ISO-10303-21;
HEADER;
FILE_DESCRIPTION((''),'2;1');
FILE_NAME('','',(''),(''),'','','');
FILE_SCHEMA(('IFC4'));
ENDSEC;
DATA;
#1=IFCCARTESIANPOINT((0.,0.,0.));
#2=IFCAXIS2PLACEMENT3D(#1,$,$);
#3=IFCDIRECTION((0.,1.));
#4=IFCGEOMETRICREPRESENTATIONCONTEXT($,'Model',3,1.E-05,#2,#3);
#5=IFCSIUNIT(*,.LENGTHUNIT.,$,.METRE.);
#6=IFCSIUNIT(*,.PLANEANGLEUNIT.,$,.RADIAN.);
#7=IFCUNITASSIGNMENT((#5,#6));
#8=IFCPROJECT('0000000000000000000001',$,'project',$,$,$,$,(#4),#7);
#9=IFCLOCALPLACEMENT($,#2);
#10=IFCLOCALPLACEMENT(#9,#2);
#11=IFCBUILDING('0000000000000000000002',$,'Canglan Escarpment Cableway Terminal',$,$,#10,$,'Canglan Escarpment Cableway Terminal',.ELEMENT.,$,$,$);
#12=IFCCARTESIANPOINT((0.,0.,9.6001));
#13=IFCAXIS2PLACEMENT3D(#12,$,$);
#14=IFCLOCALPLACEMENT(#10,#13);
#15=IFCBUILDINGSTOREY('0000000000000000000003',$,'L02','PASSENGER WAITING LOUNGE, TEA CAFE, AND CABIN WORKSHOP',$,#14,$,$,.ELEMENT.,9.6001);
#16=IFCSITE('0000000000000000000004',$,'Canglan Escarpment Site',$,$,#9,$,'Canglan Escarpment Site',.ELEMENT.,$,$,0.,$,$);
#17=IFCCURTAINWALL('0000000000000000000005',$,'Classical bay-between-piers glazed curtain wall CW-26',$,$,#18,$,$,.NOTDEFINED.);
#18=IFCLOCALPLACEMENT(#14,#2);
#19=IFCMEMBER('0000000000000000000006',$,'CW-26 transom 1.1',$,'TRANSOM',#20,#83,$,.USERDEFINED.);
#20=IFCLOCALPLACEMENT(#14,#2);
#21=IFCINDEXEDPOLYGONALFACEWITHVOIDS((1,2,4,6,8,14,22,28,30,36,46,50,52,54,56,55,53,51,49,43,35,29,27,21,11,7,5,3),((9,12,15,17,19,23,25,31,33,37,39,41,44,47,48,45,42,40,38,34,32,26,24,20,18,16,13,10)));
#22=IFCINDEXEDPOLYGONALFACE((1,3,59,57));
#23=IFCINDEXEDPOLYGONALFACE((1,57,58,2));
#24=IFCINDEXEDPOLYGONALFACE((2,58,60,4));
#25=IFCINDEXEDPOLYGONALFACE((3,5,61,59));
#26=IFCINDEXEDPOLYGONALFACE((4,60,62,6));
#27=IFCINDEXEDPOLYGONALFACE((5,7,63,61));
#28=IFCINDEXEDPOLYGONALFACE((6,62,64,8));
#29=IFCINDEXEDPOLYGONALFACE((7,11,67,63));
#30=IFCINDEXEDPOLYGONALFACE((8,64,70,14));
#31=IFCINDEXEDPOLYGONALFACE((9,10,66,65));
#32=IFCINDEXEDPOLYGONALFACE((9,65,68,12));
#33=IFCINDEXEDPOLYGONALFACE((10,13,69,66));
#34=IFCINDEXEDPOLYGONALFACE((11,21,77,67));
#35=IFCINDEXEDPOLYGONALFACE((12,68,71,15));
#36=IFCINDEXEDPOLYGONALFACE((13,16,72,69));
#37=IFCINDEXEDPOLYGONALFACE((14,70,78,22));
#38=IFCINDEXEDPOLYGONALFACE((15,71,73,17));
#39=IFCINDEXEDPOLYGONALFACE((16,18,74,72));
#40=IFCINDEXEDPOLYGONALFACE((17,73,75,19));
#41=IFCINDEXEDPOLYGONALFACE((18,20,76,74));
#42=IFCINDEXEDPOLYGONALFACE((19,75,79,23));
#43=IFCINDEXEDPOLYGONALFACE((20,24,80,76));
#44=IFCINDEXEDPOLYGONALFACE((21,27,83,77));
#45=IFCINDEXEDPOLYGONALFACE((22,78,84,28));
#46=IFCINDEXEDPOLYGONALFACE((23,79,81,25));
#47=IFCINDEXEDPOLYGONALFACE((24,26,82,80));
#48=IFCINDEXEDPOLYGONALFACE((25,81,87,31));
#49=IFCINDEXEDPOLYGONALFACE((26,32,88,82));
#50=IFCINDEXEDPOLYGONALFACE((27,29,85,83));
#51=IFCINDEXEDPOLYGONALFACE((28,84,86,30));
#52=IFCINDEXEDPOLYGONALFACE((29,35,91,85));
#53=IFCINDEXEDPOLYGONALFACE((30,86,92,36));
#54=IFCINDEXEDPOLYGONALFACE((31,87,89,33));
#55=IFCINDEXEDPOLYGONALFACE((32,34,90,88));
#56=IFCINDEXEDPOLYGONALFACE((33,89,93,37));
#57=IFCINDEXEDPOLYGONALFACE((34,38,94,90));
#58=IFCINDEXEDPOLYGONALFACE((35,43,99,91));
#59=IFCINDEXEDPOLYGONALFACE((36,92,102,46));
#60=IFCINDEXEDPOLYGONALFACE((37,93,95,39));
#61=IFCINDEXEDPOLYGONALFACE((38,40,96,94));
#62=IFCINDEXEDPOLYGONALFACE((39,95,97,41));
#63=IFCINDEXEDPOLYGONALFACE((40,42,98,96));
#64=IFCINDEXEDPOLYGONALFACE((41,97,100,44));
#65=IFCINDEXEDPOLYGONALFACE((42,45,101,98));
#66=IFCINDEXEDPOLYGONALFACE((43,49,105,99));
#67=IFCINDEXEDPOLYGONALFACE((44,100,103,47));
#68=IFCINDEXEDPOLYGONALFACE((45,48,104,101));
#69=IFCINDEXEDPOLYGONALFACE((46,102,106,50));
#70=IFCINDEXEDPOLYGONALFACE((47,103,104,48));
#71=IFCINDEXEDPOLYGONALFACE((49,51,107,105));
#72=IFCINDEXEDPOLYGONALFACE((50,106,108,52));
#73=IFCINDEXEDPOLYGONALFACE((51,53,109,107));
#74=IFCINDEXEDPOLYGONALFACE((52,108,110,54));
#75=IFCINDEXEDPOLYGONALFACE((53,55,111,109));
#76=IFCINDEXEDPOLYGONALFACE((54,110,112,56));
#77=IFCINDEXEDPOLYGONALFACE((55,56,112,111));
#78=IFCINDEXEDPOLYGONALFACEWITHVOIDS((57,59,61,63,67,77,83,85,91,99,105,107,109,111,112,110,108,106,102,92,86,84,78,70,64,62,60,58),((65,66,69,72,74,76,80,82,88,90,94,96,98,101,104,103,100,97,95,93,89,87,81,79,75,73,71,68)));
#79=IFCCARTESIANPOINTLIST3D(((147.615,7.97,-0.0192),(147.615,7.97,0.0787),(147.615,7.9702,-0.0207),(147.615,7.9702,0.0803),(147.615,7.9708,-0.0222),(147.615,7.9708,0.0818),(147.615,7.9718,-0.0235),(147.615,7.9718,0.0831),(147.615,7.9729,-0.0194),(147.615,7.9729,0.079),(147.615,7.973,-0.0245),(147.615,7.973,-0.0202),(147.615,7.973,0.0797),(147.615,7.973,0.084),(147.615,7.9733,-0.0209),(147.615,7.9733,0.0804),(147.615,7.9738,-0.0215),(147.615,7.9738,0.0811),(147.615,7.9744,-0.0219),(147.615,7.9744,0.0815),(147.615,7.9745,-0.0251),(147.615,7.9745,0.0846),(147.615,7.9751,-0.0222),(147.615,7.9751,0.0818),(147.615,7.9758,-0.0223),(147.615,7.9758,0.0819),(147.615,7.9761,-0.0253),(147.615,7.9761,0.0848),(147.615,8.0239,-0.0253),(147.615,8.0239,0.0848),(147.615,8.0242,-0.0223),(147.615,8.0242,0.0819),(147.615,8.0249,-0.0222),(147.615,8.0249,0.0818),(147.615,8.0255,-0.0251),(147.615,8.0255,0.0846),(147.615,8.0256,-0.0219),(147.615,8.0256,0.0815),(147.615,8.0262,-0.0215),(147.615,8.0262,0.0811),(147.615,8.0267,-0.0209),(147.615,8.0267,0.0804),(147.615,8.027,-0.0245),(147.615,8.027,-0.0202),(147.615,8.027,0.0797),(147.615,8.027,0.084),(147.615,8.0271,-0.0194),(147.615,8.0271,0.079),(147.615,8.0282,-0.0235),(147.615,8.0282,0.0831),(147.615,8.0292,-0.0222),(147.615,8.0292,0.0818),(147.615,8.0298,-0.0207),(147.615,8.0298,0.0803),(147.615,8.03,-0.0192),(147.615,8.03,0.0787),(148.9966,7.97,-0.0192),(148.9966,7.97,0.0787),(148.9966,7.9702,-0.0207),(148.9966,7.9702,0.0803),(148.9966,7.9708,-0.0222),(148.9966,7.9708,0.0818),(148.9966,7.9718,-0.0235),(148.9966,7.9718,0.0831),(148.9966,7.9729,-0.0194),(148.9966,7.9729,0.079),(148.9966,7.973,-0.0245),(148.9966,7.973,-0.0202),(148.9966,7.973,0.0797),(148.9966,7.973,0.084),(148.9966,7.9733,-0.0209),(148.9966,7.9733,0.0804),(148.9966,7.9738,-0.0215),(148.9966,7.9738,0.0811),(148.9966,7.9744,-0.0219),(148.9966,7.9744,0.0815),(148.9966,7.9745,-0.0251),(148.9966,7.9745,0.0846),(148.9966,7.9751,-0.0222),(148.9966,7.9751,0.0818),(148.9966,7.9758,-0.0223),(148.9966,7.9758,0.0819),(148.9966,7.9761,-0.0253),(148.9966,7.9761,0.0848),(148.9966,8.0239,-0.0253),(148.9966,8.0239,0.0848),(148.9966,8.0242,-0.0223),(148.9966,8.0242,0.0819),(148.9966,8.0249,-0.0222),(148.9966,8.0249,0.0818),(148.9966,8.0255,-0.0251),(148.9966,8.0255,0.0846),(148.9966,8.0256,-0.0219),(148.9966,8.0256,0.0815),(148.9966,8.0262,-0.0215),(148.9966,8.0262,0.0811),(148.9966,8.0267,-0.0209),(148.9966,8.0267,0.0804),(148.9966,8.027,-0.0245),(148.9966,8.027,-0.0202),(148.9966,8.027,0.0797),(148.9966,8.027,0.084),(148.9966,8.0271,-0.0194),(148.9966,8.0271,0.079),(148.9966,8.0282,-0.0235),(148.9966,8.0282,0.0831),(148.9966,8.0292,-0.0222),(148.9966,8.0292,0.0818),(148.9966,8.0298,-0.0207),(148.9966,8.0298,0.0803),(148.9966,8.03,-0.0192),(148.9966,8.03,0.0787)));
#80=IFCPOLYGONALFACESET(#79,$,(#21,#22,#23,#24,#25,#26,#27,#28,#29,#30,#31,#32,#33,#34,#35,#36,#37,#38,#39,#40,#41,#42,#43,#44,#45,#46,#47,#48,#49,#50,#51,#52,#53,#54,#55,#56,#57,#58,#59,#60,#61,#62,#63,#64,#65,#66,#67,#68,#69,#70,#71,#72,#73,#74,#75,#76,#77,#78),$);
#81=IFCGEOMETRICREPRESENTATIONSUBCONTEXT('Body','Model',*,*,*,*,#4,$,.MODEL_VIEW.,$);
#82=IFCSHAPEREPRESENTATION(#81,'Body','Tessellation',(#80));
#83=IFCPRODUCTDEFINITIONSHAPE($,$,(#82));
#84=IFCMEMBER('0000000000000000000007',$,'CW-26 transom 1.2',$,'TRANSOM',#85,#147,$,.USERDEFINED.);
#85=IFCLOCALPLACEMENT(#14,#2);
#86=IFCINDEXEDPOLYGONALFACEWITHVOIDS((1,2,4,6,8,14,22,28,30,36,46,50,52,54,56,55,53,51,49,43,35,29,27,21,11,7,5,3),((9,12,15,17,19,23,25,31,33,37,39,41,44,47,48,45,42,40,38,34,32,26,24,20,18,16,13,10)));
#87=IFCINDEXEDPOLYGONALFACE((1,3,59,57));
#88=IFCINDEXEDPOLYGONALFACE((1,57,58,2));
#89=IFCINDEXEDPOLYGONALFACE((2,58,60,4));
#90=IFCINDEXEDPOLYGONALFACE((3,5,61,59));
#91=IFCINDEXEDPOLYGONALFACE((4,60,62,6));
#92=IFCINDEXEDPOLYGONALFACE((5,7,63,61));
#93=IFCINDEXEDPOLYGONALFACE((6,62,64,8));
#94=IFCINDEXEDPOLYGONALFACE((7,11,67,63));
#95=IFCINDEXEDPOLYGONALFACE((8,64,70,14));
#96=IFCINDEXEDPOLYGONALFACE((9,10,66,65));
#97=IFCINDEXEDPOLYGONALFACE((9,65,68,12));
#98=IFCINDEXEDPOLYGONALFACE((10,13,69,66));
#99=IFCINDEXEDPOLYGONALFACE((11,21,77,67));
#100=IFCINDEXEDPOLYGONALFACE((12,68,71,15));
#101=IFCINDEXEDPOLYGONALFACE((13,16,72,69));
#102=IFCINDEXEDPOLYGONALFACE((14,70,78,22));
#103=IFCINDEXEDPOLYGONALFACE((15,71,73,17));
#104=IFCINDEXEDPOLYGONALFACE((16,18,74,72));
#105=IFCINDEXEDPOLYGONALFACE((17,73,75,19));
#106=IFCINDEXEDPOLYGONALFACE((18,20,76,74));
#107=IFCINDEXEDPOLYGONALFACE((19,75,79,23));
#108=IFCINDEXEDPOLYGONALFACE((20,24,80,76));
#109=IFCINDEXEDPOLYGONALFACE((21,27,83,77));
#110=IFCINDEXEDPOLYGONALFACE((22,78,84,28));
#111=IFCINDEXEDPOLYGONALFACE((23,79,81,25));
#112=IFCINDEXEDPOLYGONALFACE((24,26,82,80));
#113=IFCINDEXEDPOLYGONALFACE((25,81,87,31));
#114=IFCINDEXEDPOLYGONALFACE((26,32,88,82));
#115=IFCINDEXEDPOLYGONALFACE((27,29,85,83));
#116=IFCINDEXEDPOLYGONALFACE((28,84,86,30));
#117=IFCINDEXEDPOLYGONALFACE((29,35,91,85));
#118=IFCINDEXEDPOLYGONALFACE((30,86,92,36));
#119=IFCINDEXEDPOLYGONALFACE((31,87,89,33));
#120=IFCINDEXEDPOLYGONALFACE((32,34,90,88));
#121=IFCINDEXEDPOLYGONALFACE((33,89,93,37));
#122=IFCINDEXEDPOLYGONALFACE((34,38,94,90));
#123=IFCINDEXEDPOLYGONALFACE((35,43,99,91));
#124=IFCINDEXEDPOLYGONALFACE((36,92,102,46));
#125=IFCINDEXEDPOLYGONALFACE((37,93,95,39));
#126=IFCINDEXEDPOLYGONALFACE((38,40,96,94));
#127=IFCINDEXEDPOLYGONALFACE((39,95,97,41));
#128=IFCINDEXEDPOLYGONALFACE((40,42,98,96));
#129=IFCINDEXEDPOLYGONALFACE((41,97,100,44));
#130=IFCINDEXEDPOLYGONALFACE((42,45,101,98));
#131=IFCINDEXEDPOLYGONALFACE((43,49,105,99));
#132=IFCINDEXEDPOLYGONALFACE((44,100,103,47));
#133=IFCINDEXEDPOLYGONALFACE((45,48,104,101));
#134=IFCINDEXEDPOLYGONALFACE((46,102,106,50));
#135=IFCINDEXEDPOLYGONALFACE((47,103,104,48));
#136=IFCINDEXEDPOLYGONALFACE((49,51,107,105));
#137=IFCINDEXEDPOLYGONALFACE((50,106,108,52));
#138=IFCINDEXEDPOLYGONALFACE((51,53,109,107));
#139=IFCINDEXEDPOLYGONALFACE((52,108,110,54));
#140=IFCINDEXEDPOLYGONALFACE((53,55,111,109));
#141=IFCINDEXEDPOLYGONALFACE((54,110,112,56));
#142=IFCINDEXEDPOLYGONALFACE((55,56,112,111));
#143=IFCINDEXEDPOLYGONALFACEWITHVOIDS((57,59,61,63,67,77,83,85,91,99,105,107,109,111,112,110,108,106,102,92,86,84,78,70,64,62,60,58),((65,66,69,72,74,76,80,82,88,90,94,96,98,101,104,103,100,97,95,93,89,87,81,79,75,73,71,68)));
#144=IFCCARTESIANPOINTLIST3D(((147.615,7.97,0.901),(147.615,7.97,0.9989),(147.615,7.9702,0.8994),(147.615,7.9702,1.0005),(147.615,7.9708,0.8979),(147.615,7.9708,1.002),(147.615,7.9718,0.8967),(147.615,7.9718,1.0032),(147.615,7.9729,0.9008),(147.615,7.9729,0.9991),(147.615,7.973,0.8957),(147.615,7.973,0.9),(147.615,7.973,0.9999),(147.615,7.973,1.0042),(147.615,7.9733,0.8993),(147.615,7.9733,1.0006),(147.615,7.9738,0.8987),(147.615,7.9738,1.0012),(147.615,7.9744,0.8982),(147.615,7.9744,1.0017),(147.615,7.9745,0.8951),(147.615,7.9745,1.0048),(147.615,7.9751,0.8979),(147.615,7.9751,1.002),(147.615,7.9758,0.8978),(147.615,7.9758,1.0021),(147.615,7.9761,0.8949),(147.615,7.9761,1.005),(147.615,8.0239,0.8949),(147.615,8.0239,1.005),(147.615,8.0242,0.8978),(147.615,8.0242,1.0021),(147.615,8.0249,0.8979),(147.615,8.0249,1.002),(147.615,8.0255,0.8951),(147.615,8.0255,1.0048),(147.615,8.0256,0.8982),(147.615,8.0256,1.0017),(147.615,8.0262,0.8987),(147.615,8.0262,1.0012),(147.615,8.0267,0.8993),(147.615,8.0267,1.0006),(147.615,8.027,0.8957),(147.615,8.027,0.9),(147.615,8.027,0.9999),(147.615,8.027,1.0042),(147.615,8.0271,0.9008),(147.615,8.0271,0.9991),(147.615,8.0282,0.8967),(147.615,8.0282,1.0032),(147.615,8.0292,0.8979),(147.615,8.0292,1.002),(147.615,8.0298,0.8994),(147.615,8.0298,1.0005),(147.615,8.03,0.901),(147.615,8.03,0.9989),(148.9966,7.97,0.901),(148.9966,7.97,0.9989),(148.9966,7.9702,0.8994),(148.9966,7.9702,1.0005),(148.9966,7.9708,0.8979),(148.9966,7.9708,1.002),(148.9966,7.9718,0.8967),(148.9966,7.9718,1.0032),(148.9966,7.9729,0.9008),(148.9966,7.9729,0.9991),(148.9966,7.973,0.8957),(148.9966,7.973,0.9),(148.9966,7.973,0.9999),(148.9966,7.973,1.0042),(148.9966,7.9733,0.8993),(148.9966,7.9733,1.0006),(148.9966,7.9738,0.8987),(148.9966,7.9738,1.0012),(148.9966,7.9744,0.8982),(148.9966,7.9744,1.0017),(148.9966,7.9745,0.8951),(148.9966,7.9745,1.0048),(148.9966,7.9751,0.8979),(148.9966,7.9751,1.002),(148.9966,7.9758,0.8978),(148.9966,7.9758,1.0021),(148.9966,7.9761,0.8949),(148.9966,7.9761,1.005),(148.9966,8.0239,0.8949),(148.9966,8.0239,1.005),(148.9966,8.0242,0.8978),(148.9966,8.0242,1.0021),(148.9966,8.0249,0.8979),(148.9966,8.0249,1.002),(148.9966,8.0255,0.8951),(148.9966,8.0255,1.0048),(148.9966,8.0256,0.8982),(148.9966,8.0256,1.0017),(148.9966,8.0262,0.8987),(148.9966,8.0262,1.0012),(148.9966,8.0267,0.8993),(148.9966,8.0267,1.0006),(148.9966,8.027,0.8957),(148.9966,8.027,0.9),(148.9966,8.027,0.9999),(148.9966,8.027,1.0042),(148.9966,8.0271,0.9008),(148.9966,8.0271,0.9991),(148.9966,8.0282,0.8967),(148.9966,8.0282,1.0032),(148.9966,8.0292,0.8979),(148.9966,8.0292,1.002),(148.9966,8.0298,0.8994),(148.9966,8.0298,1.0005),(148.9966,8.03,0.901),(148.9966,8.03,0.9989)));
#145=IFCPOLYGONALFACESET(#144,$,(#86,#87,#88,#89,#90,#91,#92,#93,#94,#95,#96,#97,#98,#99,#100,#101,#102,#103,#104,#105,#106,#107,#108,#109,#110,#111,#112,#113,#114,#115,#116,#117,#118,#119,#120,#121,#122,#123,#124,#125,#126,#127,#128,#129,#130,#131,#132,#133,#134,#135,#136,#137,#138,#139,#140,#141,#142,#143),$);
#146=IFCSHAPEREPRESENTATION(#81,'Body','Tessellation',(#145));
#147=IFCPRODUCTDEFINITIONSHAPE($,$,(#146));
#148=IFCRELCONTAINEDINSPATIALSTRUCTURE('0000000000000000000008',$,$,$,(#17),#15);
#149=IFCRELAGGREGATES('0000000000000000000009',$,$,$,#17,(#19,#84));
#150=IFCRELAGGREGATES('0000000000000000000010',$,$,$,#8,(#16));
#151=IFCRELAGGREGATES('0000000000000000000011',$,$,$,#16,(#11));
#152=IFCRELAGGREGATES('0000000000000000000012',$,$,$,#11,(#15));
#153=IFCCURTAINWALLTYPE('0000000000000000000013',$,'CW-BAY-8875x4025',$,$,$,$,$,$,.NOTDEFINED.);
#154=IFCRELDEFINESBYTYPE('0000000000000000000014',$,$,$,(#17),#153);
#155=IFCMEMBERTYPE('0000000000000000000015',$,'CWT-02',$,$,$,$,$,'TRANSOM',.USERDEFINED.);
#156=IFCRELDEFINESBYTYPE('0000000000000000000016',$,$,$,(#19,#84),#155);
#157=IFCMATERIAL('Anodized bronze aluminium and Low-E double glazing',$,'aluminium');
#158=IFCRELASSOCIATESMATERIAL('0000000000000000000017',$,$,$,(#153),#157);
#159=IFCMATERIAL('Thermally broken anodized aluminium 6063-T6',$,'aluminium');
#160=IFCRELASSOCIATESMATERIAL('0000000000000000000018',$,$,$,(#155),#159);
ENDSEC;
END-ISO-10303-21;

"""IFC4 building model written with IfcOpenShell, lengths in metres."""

from ifc_helpers import new_model, si_unit, direction, frame, origin, origin_2d, place, context, subcontext, project, spatial, hollow_rectangle, extrude, material, material_profile, profile_set, type_object, element, aggregate, save


model = new_model("IFC4")

# Units and contexts
model_context = context("Model", 3, precision=1e-05, world=origin(), true_north=direction((0.0, 1.0)))
body_context = subcontext(model_context, "Body", "Model", "MODEL_VIEW")
ifc_project = project(units=[si_unit("LENGTHUNIT", "METRE"), si_unit("PLANEANGLEUNIT", "RADIAN")], contexts=[model_context])

# Site, building, storey
site_placement = place(None, origin())
site = spatial("IfcSite", under=ifc_project, at=site_placement, Name="Canglan Escarpment Site", LongName="Canglan Escarpment Site", CompositionType="ELEMENT", RefElevation=0.0)
building_placement = place(site_placement, origin())
building = spatial("IfcBuilding", under=site, at=building_placement, Name="Canglan Escarpment Cableway Terminal", LongName="Canglan Escarpment Cableway Terminal", CompositionType="ELEMENT")
storey_placement = place(building_placement, frame((0.0, 0.0, 9.6001)))
storey = spatial("IfcBuildingStorey", under=building, at=storey_placement, Name="L02", Description="PASSENGER WAITING LOUNGE, TEA CAFE, AND CABIN WORKSHOP", CompositionType="ELEMENT", Elevation=9.6001)

# Curtain wall, members
ifc_material_1 = material(Name="Anodized bronze aluminium and Low-E double glazing", Category="aluminium")
curtain_wall_type = type_object("IfcCurtainWallType", Name="CW-BAY-8875x4025", PredefinedType="NOTDEFINED", material=ifc_material_1)
curtain_wall_placement = place(storey_placement, origin())
curtain_wall = element("IfcCurtainWall", 1, at=curtain_wall_placement, inside=storey, type_object=curtain_wall_type, Name="Classical bay-between-piers glazed curtain wall CW-26", PredefinedType="NOTDEFINED")
ifc_material_2 = material(Name="Thermally broken anodized aluminium 6063-T6", Category="aluminium")
ifc_material_profile_1 = material_profile(ifc_material_2, hollow_rectangle(XDim=0.0601, YDim=0.1101, WallThickness=0.0029, InnerFilletRadius=0.0029, OuterFilletRadius=0.0061, at=origin_2d()), Name="ALU-TRAN 60x110x3")
ifc_profile_set_1 = profile_set([ifc_material_profile_1], Name="Thermally broken anodized aluminium 6063-T6")
member_type_1 = type_object("IfcMemberType", Name="CWT-02", ElementType="TRANSOM", PredefinedType="USERDEFINED", material=ifc_profile_set_1)
member_1_placement = place(storey_placement, frame((147.615, 8.0, 0.0298), z_axis=(1.0, 0.0, 0.0), x_axis=(0.0, 1.0, 0.0)))
member_1 = element("IfcMember", 2, at=member_1_placement, type_object=member_type_1, Name="CW-26 transom 1.1", ObjectType="TRANSOM", PredefinedType="USERDEFINED", context=body_context, shape_type="SweptSolid", body=[
    extrude(hollow_rectangle(XDim=0.0601, YDim=0.1101, WallThickness=0.0029, InnerFilletRadius=0.0029, OuterFilletRadius=0.0061, at=origin_2d()), origin(), (0.0, 0.0, 1.0), 1.3816),
])
member_2_placement = place(storey_placement, frame((147.615, 8.0, 0.95), z_axis=(1.0, 0.0, 0.0), x_axis=(0.0, 1.0, 0.0)))
member_2 = element("IfcMember", 3, at=member_2_placement, type_object=member_type_1, Name="CW-26 transom 1.2", ObjectType="TRANSOM", PredefinedType="USERDEFINED", context=body_context, shape_type="SweptSolid", body=[
    extrude(hollow_rectangle(XDim=0.0601, YDim=0.1101, WallThickness=0.0029, InnerFilletRadius=0.0029, OuterFilletRadius=0.0061, at=origin_2d()), origin(), (0.0, 0.0, 1.0), 1.3816),
])
aggregate(curtain_wall, [member_1, member_2])

save(model, "model.ifc")
